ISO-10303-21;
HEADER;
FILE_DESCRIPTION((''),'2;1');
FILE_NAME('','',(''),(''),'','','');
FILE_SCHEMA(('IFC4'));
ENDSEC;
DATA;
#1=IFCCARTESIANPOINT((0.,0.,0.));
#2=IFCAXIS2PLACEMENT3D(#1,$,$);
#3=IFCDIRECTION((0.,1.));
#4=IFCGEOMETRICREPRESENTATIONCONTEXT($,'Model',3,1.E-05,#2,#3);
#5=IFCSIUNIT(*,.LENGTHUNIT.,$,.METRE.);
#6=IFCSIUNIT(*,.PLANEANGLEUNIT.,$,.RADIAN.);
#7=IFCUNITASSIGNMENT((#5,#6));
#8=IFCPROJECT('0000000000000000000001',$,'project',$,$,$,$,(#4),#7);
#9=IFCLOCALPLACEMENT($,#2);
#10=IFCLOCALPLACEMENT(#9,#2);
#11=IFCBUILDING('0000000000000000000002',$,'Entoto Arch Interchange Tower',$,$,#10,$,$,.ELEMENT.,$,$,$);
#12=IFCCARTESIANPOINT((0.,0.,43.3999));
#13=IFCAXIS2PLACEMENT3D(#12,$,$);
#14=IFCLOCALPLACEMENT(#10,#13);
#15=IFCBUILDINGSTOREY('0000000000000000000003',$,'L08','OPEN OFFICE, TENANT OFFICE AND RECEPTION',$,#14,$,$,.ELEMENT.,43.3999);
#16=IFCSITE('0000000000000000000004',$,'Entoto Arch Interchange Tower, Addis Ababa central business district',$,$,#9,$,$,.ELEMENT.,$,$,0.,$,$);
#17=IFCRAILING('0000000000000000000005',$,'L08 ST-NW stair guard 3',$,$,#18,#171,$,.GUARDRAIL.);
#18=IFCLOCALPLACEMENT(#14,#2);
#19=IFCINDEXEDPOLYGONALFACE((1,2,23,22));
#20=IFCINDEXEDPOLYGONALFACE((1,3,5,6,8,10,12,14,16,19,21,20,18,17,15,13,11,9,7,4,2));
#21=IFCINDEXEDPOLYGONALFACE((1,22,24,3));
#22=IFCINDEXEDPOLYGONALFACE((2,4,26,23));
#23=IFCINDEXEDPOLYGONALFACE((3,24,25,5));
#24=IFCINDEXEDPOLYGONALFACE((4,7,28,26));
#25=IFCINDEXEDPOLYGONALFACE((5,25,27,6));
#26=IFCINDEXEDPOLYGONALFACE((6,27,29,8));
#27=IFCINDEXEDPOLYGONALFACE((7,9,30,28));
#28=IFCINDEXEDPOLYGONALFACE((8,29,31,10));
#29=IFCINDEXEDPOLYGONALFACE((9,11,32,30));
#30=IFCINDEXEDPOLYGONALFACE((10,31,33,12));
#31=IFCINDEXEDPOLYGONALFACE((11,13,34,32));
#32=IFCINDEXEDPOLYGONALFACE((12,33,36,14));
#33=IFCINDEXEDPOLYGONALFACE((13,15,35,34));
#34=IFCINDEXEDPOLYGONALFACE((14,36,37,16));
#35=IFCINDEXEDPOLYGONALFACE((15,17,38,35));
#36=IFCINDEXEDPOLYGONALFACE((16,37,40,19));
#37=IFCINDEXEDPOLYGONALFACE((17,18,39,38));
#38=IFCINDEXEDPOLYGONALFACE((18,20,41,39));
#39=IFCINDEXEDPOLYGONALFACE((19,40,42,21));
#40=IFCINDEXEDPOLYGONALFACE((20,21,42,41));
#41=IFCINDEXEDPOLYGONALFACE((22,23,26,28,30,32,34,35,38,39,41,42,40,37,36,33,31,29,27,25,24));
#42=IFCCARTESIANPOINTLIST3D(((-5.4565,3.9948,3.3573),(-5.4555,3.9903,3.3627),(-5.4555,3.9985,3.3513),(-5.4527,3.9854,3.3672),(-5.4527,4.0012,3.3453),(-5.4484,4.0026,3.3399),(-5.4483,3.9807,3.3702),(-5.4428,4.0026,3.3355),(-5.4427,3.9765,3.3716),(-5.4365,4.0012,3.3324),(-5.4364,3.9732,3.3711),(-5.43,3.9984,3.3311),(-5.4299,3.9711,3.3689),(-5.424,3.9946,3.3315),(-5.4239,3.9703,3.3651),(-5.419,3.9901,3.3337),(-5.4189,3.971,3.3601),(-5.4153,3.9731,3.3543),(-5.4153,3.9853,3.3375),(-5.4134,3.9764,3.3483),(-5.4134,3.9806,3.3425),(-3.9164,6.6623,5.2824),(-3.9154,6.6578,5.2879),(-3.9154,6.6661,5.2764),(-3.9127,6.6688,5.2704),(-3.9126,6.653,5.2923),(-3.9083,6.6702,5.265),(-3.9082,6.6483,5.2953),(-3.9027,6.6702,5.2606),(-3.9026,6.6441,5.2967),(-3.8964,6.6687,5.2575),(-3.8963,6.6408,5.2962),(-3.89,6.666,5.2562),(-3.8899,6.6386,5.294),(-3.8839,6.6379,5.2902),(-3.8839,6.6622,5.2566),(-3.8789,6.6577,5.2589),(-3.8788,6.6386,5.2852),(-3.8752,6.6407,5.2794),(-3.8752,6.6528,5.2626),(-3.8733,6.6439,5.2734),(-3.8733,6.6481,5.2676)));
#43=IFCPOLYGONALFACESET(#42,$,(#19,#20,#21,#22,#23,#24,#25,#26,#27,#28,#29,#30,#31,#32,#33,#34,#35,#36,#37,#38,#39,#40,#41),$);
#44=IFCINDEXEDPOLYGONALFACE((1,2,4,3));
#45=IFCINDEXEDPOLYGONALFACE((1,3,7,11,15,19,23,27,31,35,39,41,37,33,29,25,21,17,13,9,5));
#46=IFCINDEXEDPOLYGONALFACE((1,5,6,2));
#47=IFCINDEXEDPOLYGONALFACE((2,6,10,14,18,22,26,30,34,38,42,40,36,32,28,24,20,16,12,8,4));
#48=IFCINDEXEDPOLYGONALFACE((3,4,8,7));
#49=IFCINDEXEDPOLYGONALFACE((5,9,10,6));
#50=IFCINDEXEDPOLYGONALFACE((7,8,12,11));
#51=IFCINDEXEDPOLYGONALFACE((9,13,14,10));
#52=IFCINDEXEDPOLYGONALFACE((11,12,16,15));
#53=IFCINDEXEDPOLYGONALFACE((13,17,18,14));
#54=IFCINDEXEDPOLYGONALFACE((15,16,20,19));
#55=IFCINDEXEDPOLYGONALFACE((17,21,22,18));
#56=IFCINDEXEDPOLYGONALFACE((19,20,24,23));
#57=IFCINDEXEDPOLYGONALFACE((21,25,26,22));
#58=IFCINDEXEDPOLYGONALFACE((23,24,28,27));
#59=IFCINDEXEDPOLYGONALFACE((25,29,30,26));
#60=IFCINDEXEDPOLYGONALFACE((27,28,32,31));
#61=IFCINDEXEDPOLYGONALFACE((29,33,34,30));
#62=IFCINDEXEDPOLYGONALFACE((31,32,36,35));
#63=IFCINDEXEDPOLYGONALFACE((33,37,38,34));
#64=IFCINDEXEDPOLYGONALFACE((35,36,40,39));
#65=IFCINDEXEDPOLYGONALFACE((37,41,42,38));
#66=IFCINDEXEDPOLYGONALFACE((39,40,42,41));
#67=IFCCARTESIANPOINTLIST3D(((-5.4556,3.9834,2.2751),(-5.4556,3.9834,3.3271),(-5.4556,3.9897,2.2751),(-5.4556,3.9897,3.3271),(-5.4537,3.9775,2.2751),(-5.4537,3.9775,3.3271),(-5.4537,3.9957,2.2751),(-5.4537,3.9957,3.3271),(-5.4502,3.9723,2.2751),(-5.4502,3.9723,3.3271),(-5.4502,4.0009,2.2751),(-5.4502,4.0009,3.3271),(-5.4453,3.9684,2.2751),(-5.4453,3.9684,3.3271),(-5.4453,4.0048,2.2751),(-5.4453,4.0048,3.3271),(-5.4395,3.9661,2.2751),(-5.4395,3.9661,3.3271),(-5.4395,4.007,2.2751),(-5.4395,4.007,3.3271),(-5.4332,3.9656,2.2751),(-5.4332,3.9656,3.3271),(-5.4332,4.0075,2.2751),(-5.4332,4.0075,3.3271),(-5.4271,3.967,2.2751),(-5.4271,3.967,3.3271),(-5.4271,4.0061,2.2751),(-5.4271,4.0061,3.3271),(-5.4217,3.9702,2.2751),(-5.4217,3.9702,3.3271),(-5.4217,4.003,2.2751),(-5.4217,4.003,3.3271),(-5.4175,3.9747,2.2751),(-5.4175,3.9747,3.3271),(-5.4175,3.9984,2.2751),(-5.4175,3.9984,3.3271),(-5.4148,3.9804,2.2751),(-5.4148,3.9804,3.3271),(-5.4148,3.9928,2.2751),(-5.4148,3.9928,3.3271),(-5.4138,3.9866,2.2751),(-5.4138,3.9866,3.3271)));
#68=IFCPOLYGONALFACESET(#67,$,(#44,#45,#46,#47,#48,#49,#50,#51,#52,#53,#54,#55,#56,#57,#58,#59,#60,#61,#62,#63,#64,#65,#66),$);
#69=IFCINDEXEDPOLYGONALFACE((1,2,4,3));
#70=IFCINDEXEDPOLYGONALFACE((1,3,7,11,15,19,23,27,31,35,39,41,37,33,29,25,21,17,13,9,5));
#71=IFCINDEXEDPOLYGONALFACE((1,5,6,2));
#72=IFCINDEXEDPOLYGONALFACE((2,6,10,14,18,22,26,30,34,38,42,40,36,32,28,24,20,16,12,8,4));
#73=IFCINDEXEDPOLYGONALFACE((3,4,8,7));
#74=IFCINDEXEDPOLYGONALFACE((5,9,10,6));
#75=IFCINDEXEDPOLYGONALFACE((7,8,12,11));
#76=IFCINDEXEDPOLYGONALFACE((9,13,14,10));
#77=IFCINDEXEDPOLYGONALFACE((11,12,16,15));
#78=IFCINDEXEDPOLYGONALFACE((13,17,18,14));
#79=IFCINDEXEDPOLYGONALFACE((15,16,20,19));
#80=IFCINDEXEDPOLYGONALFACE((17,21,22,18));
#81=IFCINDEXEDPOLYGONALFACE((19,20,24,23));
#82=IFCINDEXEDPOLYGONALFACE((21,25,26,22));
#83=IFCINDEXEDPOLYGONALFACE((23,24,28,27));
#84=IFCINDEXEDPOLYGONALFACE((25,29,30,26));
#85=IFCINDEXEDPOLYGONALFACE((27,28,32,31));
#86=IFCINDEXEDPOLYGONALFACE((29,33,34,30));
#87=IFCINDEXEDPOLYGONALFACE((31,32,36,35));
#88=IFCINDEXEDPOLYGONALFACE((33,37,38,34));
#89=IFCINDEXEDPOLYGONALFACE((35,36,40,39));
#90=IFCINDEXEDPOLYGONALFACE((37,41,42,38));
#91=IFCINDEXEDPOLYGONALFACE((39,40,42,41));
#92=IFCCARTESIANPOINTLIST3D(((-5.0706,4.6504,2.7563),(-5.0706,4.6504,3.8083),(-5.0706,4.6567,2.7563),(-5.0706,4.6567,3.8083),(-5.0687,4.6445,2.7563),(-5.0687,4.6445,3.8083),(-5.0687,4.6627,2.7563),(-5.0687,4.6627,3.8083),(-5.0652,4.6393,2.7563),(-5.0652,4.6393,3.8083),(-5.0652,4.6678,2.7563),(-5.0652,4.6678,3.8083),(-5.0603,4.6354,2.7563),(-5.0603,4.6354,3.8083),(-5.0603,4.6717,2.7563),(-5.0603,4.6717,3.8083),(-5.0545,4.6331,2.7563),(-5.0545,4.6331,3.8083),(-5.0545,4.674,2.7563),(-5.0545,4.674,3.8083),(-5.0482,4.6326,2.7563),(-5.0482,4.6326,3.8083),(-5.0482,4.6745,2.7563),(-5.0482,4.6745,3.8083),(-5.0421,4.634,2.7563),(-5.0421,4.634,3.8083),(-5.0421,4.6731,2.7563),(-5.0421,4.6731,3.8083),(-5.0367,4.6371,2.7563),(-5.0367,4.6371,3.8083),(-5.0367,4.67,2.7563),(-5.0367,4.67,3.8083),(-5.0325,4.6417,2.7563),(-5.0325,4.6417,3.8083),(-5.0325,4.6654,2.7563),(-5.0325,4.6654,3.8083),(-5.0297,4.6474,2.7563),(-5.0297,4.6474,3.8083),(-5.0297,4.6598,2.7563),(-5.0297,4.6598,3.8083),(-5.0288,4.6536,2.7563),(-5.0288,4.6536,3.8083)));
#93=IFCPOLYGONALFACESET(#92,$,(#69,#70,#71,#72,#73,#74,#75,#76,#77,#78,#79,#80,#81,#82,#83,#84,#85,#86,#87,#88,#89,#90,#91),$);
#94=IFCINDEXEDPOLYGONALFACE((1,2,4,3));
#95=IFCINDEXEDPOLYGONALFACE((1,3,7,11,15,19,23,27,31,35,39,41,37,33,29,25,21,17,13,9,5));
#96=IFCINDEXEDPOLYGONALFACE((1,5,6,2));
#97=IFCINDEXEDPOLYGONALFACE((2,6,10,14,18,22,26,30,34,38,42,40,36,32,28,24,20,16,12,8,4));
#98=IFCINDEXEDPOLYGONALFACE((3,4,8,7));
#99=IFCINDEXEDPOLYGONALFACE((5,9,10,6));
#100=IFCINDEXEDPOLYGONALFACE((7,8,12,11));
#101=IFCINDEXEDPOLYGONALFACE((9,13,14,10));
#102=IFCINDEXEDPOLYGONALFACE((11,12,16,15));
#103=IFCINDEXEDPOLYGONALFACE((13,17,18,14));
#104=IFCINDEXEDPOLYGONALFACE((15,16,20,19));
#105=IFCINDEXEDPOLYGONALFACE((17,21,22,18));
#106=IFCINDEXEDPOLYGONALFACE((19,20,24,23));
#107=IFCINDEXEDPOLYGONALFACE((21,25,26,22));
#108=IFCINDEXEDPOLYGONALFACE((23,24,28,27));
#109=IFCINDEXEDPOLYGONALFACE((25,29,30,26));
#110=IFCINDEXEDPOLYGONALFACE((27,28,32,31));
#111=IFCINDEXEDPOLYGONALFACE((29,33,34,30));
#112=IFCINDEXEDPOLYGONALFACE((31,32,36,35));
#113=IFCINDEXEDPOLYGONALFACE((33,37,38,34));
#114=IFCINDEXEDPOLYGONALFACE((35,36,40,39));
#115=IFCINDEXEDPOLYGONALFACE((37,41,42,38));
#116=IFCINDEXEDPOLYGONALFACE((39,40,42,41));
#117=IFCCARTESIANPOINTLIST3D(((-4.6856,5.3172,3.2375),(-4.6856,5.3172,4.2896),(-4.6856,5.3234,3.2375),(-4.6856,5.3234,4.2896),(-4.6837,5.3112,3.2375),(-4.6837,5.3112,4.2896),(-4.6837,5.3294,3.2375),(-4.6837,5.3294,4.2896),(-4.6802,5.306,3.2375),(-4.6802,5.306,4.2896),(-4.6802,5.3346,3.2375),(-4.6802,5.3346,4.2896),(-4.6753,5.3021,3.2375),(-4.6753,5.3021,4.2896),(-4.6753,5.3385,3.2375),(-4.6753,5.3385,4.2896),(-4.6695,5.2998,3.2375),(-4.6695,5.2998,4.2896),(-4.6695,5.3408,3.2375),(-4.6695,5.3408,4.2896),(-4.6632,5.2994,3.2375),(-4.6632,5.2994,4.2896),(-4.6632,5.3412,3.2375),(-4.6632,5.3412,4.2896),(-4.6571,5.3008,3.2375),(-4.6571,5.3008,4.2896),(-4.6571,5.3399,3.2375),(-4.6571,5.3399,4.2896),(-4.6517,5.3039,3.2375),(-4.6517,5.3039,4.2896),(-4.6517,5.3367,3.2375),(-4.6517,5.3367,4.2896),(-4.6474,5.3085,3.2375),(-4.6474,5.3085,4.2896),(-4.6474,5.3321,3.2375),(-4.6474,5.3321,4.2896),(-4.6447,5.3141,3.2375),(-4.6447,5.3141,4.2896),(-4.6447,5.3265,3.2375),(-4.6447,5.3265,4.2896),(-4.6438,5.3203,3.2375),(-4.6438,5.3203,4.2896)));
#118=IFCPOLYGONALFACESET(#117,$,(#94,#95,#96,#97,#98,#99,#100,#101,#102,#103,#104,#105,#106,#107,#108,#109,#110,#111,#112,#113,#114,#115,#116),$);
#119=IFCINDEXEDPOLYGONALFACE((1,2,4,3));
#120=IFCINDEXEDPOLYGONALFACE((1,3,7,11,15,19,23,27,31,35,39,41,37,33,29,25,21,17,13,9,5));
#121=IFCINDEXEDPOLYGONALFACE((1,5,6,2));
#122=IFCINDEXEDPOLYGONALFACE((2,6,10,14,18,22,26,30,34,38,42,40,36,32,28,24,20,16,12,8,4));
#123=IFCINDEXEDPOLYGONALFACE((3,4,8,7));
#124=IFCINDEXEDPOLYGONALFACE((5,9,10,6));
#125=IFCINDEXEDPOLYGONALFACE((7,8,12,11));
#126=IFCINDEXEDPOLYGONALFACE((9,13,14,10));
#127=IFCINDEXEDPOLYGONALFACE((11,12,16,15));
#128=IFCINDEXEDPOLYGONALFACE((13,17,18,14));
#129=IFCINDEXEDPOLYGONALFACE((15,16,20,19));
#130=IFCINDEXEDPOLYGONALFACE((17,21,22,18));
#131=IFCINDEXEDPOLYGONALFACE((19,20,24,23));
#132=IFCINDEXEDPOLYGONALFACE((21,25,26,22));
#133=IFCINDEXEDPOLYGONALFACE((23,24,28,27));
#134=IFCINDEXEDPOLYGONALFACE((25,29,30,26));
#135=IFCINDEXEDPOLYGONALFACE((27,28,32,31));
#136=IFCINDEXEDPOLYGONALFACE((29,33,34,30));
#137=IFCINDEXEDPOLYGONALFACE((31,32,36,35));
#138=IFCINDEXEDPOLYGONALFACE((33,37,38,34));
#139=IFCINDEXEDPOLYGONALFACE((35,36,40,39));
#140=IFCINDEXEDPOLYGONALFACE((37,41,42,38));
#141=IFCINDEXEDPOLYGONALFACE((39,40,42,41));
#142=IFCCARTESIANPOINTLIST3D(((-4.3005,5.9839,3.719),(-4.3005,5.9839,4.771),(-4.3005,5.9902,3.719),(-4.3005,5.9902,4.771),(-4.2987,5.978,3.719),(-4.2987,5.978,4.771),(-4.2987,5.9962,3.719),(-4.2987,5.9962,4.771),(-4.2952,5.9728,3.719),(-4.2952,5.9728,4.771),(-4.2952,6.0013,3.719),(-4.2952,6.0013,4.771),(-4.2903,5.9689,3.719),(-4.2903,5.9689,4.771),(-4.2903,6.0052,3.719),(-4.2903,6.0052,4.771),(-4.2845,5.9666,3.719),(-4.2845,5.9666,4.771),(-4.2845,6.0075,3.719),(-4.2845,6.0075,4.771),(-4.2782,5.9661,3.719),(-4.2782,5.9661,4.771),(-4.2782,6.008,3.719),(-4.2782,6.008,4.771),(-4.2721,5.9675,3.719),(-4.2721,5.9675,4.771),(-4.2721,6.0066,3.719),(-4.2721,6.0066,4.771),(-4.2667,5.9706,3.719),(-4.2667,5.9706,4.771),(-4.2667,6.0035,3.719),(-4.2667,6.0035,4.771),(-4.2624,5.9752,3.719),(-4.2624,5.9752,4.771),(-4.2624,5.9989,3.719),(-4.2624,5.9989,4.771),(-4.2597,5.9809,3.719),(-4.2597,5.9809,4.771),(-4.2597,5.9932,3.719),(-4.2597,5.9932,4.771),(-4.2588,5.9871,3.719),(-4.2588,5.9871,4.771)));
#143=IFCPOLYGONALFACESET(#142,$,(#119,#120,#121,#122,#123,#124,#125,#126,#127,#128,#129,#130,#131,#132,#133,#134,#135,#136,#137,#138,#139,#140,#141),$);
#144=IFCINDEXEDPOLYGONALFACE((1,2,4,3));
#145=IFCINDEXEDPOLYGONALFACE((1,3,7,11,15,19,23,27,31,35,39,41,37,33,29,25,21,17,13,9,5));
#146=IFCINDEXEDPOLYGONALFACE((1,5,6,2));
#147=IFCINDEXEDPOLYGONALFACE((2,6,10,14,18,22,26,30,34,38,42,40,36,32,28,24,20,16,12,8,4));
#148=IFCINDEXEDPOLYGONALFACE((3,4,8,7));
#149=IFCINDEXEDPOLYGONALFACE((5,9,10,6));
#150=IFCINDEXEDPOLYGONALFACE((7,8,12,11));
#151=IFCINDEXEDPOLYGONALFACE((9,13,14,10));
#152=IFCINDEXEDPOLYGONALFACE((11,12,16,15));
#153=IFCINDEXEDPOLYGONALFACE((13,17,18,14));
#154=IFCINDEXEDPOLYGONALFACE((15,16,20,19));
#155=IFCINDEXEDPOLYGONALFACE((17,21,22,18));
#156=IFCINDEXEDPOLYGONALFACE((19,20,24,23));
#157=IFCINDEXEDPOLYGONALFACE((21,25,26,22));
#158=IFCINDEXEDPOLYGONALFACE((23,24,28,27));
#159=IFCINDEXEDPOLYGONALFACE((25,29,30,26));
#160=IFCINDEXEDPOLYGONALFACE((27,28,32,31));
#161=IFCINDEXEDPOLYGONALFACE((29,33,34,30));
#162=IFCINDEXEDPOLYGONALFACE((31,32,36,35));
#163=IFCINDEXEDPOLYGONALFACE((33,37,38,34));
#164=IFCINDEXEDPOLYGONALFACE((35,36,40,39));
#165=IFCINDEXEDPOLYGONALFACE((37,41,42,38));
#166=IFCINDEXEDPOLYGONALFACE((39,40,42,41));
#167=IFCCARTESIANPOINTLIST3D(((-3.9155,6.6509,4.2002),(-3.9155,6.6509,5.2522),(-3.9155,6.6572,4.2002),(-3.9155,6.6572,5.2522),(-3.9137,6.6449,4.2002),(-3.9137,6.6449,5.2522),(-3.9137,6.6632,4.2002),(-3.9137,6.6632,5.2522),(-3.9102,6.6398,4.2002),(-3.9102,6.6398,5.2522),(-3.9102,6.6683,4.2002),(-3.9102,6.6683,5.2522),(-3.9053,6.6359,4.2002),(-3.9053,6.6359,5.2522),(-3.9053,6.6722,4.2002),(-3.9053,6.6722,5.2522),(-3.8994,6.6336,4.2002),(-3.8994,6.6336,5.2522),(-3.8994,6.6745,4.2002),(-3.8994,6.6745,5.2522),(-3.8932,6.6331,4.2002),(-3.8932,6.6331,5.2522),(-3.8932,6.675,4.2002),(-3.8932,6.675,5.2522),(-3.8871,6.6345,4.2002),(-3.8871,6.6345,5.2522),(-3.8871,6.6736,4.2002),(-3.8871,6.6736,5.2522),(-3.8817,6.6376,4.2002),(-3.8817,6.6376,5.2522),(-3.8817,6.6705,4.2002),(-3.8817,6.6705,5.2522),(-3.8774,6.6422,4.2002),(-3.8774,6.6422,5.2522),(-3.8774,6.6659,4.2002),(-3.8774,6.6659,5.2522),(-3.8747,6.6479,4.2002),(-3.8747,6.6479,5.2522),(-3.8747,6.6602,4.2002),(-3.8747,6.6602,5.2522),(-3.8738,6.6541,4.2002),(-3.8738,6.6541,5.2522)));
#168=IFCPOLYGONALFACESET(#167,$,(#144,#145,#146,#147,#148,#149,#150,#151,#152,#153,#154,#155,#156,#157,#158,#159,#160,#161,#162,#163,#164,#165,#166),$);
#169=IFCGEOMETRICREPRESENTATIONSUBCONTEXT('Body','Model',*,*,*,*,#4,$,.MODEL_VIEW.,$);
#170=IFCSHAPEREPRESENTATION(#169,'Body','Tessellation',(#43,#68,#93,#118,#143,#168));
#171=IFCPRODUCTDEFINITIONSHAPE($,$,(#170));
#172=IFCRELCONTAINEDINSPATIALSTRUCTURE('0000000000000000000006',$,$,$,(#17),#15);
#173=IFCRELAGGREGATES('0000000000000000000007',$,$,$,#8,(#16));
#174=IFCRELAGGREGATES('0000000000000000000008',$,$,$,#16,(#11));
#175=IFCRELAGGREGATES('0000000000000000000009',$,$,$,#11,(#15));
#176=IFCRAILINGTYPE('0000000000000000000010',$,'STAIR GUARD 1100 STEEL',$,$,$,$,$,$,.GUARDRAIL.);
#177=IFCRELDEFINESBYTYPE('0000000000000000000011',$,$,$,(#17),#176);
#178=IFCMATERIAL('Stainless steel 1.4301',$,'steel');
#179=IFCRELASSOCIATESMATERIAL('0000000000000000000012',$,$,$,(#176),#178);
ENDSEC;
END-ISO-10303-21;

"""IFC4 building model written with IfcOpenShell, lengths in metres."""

from ifc_helpers import new_model, si_unit, direction, frame, origin, origin_2d, place, context, subcontext, project, spatial, circle, extrude, material, type_object, element, save


model = new_model("IFC4")

# Units and contexts
model_context = context("Model", 3, precision=1e-05, world=origin(), true_north=direction((0.0, 1.0)))
body_context = subcontext(model_context, "Body", "Model", "MODEL_VIEW")
ifc_project = project(units=[si_unit("LENGTHUNIT", "METRE"), si_unit("PLANEANGLEUNIT", "RADIAN")], contexts=[model_context])

# Site, building, storey
site_placement = place(None, origin())
site = spatial("IfcSite", under=ifc_project, at=site_placement, Name="Entoto Arch Interchange Tower, Addis Ababa central business district", CompositionType="ELEMENT", RefElevation=0.0)
building_placement = place(site_placement, origin())
building = spatial("IfcBuilding", under=site, at=building_placement, Name="Entoto Arch Interchange Tower", CompositionType="ELEMENT")
storey_placement = place(building_placement, frame((0.0, 0.0, 43.3999)))
storey = spatial("IfcBuildingStorey", under=building, at=storey_placement, Name="L08", Description="OPEN OFFICE, TENANT OFFICE AND RECEPTION", CompositionType="ELEMENT", Elevation=43.3999)

# Railing
ifc_material_1 = material(Name="Stainless steel 1.4301", Category="steel")
railing_type_1 = type_object("IfcRailingType", Name="STAIR GUARD 1100 STEEL", PredefinedType="GUARDRAIL", material=ifc_material_1)
railing_1_placement = place(storey_placement, frame((-5.4348, 3.9866, 2.2751)))
element("IfcRailing", 1, at=railing_1_placement, inside=storey, type_object=railing_type_1, Name="L08 ST-NW stair guard 3", PredefinedType="GUARDRAIL", context=body_context, shape_type="SweptSolid", body=[
    extrude(circle(Radius=0.0239, at=origin_2d()), frame((0.0, 0.0, 1.0762), z_axis=(0.423994, 0.734395, 0.529993), x_axis=(-0.86603, 0.499992, 0.0)), (0.0, 0.0, 1.0), 3.6323),
    extrude(circle(Radius=0.021, at=origin_2d()), origin(), (0.0, 0.0, 1.0), 1.052),
    extrude(circle(Radius=0.021, at=origin_2d()), frame((0.385, 0.667, 0.4812)), (0.0, 0.0, 1.0), 1.052),
    extrude(circle(Radius=0.021, at=origin_2d()), frame((0.77, 1.3337, 0.9624)), (0.0, 0.0, 1.0), 1.052),
    extrude(circle(Radius=0.021, at=origin_2d()), frame((1.155, 2.0005, 1.4438)), (0.0, 0.0, 1.0), 1.052),
    extrude(circle(Radius=0.021, at=origin_2d()), frame((1.54, 2.6675, 1.925)), (0.0, 0.0, 1.0), 1.052),
])

save(model, "model.ifc")
